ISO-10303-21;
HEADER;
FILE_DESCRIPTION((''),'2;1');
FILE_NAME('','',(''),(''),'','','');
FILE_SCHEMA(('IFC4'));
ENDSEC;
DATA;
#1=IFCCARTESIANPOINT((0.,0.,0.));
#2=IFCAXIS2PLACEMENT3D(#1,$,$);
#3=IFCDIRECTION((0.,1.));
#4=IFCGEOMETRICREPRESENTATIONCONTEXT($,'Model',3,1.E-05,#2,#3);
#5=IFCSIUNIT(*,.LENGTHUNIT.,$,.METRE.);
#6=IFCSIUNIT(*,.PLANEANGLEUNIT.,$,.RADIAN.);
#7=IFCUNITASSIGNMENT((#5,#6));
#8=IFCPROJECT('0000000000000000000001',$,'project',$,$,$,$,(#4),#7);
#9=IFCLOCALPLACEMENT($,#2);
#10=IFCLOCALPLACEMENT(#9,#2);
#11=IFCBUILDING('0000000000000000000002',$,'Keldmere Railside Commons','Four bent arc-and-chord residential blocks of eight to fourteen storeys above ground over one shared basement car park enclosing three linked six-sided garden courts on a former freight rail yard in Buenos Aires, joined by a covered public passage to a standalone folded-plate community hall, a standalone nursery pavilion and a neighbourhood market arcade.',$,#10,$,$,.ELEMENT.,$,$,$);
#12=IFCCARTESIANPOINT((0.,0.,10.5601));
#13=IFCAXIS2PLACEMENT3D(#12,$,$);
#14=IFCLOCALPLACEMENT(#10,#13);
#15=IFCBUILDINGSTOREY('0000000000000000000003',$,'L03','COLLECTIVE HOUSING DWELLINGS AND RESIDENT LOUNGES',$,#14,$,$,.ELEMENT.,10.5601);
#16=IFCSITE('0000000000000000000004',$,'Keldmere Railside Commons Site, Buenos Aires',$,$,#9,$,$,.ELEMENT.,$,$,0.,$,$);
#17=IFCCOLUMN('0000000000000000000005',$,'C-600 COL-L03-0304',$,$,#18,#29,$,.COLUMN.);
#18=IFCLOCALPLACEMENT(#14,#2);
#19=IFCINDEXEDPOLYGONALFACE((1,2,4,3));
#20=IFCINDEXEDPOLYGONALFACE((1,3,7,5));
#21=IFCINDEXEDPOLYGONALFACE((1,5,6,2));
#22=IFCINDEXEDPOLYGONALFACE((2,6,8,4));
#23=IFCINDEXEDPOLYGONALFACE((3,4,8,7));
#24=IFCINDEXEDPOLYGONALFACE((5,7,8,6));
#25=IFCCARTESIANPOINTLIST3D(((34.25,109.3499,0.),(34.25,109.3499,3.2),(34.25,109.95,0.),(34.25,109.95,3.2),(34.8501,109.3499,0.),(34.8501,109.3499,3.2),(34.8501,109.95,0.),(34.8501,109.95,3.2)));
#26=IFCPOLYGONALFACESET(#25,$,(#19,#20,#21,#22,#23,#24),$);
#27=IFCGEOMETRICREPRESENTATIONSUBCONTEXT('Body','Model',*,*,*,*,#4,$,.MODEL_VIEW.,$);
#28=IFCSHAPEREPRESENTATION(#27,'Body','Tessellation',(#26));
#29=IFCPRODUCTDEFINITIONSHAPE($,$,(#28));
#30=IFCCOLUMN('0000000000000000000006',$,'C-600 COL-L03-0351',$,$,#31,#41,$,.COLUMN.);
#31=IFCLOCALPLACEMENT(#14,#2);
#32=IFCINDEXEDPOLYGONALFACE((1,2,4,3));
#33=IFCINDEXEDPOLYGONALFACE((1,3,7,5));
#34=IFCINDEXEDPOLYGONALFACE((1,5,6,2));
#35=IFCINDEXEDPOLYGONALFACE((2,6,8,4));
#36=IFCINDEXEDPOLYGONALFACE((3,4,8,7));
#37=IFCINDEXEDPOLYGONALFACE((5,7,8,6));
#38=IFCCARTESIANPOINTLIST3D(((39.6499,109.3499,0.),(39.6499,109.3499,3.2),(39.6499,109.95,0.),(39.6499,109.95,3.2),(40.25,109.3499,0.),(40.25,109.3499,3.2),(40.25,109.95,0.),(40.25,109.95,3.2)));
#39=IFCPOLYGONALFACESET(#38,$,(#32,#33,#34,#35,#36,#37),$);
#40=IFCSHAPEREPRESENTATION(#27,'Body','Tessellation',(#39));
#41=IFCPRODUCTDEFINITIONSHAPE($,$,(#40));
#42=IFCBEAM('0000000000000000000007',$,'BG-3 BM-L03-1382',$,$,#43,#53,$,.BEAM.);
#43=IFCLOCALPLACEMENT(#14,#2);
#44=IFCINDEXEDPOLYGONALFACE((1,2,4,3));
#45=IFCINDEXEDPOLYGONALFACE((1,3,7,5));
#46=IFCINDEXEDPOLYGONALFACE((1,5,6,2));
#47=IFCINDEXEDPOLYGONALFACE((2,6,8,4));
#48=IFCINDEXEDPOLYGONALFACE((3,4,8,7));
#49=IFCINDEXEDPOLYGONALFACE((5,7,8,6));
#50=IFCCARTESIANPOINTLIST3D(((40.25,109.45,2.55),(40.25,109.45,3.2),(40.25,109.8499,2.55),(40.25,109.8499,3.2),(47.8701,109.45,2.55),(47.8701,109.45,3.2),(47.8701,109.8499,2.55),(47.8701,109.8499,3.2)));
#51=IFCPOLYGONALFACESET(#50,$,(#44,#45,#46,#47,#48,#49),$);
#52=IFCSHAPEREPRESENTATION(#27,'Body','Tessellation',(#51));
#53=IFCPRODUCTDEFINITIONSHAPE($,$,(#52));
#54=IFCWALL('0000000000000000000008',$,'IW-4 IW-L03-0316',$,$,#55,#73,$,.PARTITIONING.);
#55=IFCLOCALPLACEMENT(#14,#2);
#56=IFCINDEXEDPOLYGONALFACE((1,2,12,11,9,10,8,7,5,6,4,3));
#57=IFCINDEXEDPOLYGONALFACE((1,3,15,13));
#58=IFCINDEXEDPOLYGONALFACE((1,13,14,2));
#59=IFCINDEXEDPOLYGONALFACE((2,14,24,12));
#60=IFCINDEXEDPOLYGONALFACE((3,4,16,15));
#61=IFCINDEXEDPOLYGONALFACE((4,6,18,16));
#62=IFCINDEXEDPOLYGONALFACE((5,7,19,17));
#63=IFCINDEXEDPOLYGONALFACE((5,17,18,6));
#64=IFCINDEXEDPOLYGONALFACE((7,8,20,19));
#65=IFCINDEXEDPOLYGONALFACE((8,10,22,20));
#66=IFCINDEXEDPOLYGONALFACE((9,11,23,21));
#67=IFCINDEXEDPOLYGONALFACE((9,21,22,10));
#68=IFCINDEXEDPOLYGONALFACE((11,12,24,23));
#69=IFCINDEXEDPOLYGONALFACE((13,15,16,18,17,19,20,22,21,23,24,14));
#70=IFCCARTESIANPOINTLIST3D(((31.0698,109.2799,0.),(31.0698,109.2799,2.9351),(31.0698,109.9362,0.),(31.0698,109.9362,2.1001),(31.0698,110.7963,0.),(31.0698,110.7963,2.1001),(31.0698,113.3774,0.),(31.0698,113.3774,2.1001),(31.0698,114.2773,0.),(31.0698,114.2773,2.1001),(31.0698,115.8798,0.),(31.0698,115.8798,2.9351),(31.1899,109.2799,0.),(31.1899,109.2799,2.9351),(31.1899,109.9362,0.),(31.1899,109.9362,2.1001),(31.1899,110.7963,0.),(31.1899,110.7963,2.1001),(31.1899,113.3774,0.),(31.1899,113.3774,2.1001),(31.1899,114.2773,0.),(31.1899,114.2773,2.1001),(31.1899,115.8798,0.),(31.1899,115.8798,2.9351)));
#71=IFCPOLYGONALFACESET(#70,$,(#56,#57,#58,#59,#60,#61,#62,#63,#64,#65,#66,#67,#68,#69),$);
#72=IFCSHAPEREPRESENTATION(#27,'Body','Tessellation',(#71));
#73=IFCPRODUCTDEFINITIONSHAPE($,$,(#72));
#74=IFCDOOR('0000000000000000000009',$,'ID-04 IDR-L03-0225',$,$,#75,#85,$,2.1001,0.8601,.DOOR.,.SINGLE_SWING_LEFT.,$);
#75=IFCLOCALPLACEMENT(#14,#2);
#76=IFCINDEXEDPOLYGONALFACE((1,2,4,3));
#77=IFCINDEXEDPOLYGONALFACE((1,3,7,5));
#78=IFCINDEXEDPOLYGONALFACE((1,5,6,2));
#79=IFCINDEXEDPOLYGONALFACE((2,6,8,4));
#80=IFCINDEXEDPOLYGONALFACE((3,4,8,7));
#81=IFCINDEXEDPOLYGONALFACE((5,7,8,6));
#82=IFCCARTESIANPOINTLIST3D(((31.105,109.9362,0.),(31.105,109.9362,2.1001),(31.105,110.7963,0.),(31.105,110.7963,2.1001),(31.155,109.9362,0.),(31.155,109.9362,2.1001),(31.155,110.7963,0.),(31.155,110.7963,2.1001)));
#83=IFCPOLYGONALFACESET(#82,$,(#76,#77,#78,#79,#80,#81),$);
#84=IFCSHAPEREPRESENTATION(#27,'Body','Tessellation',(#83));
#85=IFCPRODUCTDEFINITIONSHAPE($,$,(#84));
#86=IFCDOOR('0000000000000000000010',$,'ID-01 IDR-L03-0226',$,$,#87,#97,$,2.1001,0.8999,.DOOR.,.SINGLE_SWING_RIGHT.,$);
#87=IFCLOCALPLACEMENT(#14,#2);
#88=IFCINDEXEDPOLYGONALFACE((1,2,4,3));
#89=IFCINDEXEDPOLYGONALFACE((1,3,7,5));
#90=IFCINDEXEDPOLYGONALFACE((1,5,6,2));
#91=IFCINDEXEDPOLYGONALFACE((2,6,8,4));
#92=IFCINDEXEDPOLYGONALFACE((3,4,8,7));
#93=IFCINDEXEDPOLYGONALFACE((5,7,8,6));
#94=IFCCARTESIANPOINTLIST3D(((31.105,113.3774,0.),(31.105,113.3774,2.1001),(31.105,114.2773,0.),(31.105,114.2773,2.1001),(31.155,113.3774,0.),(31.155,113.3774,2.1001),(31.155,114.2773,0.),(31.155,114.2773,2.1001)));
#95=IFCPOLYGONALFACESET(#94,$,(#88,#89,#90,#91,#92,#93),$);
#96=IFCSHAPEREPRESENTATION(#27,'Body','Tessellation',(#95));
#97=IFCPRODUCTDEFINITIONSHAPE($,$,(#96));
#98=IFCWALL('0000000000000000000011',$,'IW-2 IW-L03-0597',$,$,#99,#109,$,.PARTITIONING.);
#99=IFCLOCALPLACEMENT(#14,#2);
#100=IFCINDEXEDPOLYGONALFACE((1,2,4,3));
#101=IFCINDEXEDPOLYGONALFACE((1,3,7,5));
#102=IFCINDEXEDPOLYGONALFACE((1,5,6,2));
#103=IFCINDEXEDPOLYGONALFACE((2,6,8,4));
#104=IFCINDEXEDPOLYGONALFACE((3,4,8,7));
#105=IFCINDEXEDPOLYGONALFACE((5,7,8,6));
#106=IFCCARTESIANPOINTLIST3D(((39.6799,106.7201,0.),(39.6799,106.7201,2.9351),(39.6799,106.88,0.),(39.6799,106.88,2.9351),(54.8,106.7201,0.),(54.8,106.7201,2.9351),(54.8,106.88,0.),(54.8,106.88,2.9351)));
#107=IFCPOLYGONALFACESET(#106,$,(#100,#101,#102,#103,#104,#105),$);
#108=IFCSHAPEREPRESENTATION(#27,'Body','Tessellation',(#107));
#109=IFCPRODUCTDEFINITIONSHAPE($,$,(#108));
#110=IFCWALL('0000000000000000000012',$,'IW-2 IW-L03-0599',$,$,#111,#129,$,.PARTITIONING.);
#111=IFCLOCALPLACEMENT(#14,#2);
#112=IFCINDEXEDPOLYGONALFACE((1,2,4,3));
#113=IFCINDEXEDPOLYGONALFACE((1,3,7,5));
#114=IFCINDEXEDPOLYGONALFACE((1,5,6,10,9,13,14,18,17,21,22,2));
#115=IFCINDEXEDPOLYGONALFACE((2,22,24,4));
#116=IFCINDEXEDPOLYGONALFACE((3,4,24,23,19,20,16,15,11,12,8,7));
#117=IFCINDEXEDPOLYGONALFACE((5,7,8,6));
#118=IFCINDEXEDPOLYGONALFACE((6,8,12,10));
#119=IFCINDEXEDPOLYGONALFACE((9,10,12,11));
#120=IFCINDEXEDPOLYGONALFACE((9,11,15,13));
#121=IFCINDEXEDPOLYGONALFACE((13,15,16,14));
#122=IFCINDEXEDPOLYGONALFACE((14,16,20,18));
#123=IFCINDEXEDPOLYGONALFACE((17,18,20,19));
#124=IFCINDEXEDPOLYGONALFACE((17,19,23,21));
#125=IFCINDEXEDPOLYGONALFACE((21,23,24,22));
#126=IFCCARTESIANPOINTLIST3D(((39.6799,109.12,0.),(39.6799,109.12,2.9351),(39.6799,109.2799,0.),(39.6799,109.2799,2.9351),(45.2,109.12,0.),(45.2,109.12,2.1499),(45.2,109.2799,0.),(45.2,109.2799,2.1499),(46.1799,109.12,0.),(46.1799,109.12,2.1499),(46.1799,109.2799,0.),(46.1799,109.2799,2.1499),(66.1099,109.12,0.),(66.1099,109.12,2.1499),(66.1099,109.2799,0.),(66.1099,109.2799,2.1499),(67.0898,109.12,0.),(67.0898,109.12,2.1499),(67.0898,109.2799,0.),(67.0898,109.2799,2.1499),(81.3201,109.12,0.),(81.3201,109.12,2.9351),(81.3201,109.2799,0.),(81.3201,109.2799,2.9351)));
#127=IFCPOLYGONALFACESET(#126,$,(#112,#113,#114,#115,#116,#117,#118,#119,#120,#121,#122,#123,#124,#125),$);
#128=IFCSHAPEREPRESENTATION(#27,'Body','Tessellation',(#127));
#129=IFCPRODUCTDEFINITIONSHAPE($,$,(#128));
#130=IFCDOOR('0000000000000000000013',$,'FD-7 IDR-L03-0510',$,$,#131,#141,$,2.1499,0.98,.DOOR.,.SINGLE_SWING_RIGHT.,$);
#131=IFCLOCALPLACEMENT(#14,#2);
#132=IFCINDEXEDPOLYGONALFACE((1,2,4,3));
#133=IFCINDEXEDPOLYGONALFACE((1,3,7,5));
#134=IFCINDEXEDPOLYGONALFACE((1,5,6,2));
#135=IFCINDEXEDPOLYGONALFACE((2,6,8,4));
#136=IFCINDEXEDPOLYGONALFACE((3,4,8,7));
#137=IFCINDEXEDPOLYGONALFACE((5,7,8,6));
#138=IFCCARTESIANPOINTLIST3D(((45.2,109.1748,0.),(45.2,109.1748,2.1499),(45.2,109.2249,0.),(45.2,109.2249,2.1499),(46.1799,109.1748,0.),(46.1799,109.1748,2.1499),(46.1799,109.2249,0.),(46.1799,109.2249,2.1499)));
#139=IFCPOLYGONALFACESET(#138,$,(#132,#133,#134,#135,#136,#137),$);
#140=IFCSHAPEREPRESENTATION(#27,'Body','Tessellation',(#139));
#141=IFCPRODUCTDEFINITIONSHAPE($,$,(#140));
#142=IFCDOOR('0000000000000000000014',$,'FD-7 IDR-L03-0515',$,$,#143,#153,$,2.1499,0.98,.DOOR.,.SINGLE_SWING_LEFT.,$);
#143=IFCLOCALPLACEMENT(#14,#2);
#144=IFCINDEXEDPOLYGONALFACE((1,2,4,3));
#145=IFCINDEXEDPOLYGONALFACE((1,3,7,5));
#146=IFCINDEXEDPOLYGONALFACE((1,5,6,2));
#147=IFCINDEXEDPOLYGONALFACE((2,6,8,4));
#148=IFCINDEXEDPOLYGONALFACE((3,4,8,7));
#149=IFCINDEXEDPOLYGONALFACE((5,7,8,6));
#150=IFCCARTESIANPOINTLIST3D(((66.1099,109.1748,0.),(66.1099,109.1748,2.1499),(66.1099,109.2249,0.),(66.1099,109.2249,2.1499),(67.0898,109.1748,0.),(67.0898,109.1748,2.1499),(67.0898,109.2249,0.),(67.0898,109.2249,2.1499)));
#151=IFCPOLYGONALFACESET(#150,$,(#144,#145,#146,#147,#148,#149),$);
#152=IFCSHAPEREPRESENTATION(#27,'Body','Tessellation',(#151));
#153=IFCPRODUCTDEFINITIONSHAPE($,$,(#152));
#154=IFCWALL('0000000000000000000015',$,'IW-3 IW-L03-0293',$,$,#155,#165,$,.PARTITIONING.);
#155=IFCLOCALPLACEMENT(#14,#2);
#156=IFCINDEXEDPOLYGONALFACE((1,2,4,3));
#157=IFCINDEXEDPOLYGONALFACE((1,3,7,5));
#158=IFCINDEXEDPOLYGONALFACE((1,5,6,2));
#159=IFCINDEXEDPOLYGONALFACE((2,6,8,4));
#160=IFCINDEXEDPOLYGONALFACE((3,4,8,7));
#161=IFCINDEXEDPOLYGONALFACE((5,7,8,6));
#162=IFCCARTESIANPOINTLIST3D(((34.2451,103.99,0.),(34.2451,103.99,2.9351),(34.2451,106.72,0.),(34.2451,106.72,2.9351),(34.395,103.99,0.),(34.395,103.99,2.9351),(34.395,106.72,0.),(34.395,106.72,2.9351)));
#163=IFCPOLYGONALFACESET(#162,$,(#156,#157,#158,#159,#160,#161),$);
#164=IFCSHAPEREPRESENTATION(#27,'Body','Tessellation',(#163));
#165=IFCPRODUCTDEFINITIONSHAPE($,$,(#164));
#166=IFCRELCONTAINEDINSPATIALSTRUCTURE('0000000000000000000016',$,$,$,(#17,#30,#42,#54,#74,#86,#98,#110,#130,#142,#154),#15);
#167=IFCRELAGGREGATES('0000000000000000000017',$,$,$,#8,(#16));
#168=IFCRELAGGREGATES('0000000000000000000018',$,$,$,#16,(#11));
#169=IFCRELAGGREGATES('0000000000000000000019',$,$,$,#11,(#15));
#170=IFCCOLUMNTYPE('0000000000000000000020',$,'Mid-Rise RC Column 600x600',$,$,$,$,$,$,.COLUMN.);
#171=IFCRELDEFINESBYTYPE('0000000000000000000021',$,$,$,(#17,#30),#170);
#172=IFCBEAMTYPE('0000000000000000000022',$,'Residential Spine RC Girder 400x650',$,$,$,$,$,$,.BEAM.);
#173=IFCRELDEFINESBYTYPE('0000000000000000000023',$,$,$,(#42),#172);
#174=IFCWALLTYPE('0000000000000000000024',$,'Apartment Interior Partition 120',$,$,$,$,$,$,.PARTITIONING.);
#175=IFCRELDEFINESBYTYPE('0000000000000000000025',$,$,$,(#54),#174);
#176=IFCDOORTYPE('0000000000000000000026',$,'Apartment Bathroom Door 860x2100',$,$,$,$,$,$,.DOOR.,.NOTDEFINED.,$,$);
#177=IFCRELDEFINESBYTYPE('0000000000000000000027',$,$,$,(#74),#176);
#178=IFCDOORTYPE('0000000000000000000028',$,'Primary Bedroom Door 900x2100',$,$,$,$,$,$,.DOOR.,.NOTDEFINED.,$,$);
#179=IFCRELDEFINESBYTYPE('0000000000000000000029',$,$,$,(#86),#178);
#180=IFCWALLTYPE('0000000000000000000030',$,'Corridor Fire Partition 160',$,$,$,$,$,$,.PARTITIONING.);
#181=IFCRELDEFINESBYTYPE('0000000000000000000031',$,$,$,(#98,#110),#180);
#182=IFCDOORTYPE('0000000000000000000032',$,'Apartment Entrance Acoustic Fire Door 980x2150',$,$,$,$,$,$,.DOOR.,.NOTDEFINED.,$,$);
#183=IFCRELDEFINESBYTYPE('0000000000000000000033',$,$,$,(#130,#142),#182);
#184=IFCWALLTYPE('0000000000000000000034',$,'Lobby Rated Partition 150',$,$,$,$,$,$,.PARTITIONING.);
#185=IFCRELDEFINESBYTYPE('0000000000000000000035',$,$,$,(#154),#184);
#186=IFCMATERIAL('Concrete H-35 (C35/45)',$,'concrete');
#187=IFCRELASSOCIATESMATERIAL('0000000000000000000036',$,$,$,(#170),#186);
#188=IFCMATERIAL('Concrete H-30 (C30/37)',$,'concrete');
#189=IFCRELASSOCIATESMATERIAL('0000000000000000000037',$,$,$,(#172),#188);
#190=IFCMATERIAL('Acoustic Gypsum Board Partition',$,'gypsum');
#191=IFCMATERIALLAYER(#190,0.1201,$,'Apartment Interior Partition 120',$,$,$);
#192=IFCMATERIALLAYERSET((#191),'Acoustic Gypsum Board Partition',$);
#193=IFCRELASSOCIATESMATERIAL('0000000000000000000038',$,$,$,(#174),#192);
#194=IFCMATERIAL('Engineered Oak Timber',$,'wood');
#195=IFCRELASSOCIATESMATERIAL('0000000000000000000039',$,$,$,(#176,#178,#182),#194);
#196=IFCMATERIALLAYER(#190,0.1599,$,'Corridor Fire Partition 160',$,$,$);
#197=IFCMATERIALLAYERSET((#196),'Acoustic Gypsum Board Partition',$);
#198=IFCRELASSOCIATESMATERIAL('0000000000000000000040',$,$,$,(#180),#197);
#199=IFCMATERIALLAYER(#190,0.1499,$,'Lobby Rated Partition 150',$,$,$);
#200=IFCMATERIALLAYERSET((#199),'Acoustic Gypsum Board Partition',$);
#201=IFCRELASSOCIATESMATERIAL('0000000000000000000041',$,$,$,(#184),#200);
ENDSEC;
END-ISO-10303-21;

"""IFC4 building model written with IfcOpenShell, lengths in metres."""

from ifc_helpers import new_model, si_unit, direction, frame, frame_2d, origin, origin_2d, place, context, subcontext, project, spatial, rectangle, extrude, material, layer, layer_set, material_profile, profile_set, type_object, element, fill, save


model = new_model("IFC4")

# Units and contexts
model_context = context("Model", 3, precision=1e-05, world=origin(), true_north=direction((0.0, 1.0)))
body_context = subcontext(model_context, "Body", "Model", "MODEL_VIEW")
ifc_project = project(units=[si_unit("LENGTHUNIT", "METRE"), si_unit("PLANEANGLEUNIT", "RADIAN")], contexts=[model_context])

# Site, building, storey
site_placement = place(None, origin())
site = spatial("IfcSite", under=ifc_project, at=site_placement, Name="Keldmere Railside Commons Site, Buenos Aires", CompositionType="ELEMENT", RefElevation=0.0)
building_placement = place(site_placement, origin())
building = spatial("IfcBuilding", under=site, at=building_placement, Name="Keldmere Railside Commons", Description="Four bent arc-and-chord residential blocks of eight to fourteen storeys above ground over one shared basement car park enclosing three linked six-sided garden courts on a former freight rail yard in Buenos Aires, joined by a covered public passage to a standalone folded-plate community hall, a standalone nursery pavilion and a neighbourhood market arcade.", CompositionType="ELEMENT")
storey_placement = place(building_placement, frame((0.0, 0.0, 10.5601)))
storey = spatial("IfcBuildingStorey", under=building, at=storey_placement, Name="L03", Description="COLLECTIVE HOUSING DWELLINGS AND RESIDENT LOUNGES", CompositionType="ELEMENT", Elevation=10.5601)

# Columns
ifc_material_1 = material(Name="Concrete H-35 (C35/45)", Category="concrete")
ifc_material_profile_1 = material_profile(ifc_material_1, rectangle(XDim=0.6001, YDim=0.6001, at=origin_2d()), Name="RC-600x600")
ifc_profile_set_1 = profile_set([ifc_material_profile_1], Name="Concrete H-35 (C35/45)")
column_type = type_object("IfcColumnType", Name="Mid-Rise RC Column 600x600", PredefinedType="COLUMN", material=ifc_profile_set_1)
for number, where, z_axis, x_axis, name in (
    (1, (34.55, 109.6499, 0.0), (0.0, 0.0, 1.0), (1.0, 0.0, 0.0), "C-600 COL-L03-0304"),
    (2, (39.95, 109.6499, 0.0), (0.0, 0.0, 1.0), (1.0, 0.0, 0.0), "C-600 COL-L03-0351"),
):
    element("IfcColumn", number, at=place(storey_placement, frame(where, z_axis=z_axis, x_axis=x_axis)), inside=storey, type_object=column_type, Name=name, PredefinedType="COLUMN", context=body_context, shape_type="SweptSolid", body=[
        extrude(rectangle(XDim=0.6001, YDim=0.6001, at=origin_2d()), origin(), (0.0, 0.0, 1.0), 3.2),
    ])

# Beam
ifc_material_2 = material(Name="Concrete H-30 (C30/37)", Category="concrete")
ifc_material_profile_2 = material_profile(ifc_material_2, rectangle(XDim=0.3999, YDim=0.6499, at=origin_2d()), Name="RC-400x650")
ifc_profile_set_2 = profile_set([ifc_material_profile_2], Name="Concrete H-30 (C30/37)")
beam_type = type_object("IfcBeamType", Name="Residential Spine RC Girder 400x650", PredefinedType="BEAM", material=ifc_profile_set_2)
beam_placement = place(storey_placement, frame((40.25, 109.6499, 2.875), z_axis=(1.0, 0.0, 0.0), x_axis=(0.0, 1.0, 0.0)))
element("IfcBeam", 3, at=beam_placement, inside=storey, type_object=beam_type, Name="BG-3 BM-L03-1382", PredefinedType="BEAM", context=body_context, shape_type="SweptSolid", body=[
    extrude(rectangle(XDim=0.3999, YDim=0.6499, at=origin_2d()), origin(), (0.0, 0.0, 1.0), 7.6201),
])

# Wall, openings, doors
ifc_material_3 = material(Name="Acoustic Gypsum Board Partition", Category="gypsum")
ifc_layer_1 = layer(ifc_material_3, 0.1201, Name="Apartment Interior Partition 120")
ifc_layer_set_1 = layer_set([ifc_layer_1], Name="Acoustic Gypsum Board Partition")
wall_type_1 = type_object("IfcWallType", Name="Apartment Interior Partition 120", PredefinedType="PARTITIONING", material=ifc_layer_set_1)
wall_1_placement = place(storey_placement, frame((31.1299, 109.28, 0.0), z_axis=(0.0, 0.0, 1.0), x_axis=(0.0, 1.0, 0.0)))
wall_1 = element("IfcWall", 4, at=wall_1_placement, inside=storey, type_object=wall_type_1, Name="IW-4 IW-L03-0316", PredefinedType="PARTITIONING", context=body_context, shape_type="SweptSolid", body=[
    extrude(rectangle(XDim=6.5999, YDim=0.1201, at=frame_2d((3.2998, 0.0))), origin(), (0.0, 0.0, 1.0), 2.9351),
])
opening_1_placement = place(wall_1_placement, frame((0.656, 0.0, 0.0)))
opening_1 = element("IfcOpeningElement", 5, at=opening_1_placement, cuts=wall_1, PredefinedType="OPENING", context=body_context, shape_type="SweptSolid", body=[
    extrude(rectangle(XDim=0.8601, YDim=2.1001, at=frame_2d((0.4302, 1.05))), frame((0.0, 0.0701, 0.0), z_axis=(0.0, -1.0, 0.0), x_axis=(1.0, 0.0, 0.0)), (0.0, 0.0, 1.0), 0.1401),
])
opening_2_placement = place(wall_1_placement, frame((4.0974, 0.0, 0.0)))
opening_2 = element("IfcOpeningElement", 6, at=opening_2_placement, cuts=wall_1, PredefinedType="OPENING", context=body_context, shape_type="SweptSolid", body=[
    extrude(rectangle(XDim=0.8999, YDim=2.1001, at=frame_2d((0.45, 1.05))), frame((0.0, 0.0701, 0.0), z_axis=(0.0, -1.0, 0.0), x_axis=(1.0, 0.0, 0.0)), (0.0, 0.0, 1.0), 0.1401),
])
ifc_material_4 = material(Name="Engineered Oak Timber", Category="wood")
door_type_1 = type_object("IfcDoorType", Name="Apartment Bathroom Door 860x2100", OperationType="NOTDEFINED", PredefinedType="DOOR", material=ifc_material_4)
door_1_placement = place(opening_1_placement, origin())
door_1 = element("IfcDoor", 7, at=door_1_placement, inside=storey, type_object=door_type_1, Name="ID-04 IDR-L03-0225", OperationType="SINGLE_SWING_LEFT", OverallHeight=2.1001, OverallWidth=0.8601, PredefinedType="DOOR", context=body_context, shape_type="SweptSolid", body=[
    extrude(rectangle(XDim=0.8601, YDim=2.1001, at=frame_2d((0.4302, 1.05))), frame((0.0, 0.0249, 0.0), z_axis=(0.0, -1.0, 0.0), x_axis=(1.0, 0.0, 0.0)), (0.0, 0.0, 1.0), 0.05),
])
fill(opening_1, door_1)
door_type_2 = type_object("IfcDoorType", Name="Primary Bedroom Door 900x2100", OperationType="NOTDEFINED", PredefinedType="DOOR", material=ifc_material_4)
door_2_placement = place(opening_2_placement, origin())
door_2 = element("IfcDoor", 8, at=door_2_placement, inside=storey, type_object=door_type_2, Name="ID-01 IDR-L03-0226", OperationType="SINGLE_SWING_RIGHT", OverallHeight=2.1001, OverallWidth=0.8999, PredefinedType="DOOR", context=body_context, shape_type="SweptSolid", body=[
    extrude(rectangle(XDim=0.8999, YDim=2.1001, at=frame_2d((0.45, 1.05))), frame((0.0, 0.0249, 0.0), z_axis=(0.0, -1.0, 0.0), x_axis=(1.0, 0.0, 0.0)), (0.0, 0.0, 1.0), 0.05),
])
fill(opening_2, door_2)

# Wall
ifc_layer_2 = layer(ifc_material_3, 0.1599, Name="Corridor Fire Partition 160")
ifc_layer_set_2 = layer_set([ifc_layer_2], Name="Acoustic Gypsum Board Partition")
wall_type_2 = type_object("IfcWallType", Name="Corridor Fire Partition 160", PredefinedType="PARTITIONING", material=ifc_layer_set_2)
wall_2_placement = place(storey_placement, frame((39.6799, 106.8, 0.0), z_axis=(0.0, 0.0, 1.0), x_axis=(1.0, 0.0, 0.0)))
element("IfcWall", 9, at=wall_2_placement, inside=storey, type_object=wall_type_2, Name="IW-2 IW-L03-0597", PredefinedType="PARTITIONING", context=body_context, shape_type="SweptSolid", body=[
    extrude(rectangle(XDim=15.1201, YDim=0.1599, at=frame_2d((7.5601, 0.0))), origin(), (0.0, 0.0, 1.0), 2.9351),
])

# Wall, openings, doors
wall_3_placement = place(storey_placement, frame((39.6799, 109.2, 0.0), z_axis=(0.0, 0.0, 1.0), x_axis=(1.0, 0.0, 0.0)))
wall_3 = element("IfcWall", 10, at=wall_3_placement, inside=storey, type_object=wall_type_2, Name="IW-2 IW-L03-0599", PredefinedType="PARTITIONING", context=body_context, shape_type="SweptSolid", body=[
    extrude(rectangle(XDim=41.6401, YDim=0.1599, at=frame_2d((20.8201, 0.0))), origin(), (0.0, 0.0, 1.0), 2.9351),
])
opening_3_placement = place(wall_3_placement, frame((5.52, 0.0, 0.0)))
opening_3 = element("IfcOpeningElement", 11, at=opening_3_placement, cuts=wall_3, PredefinedType="OPENING", context=body_context, shape_type="SweptSolid", body=[
    extrude(rectangle(XDim=0.98, YDim=2.1499, at=frame_2d((0.49, 1.075))), frame((0.0, 0.0898, 0.0), z_axis=(0.0, -1.0, 0.0), x_axis=(1.0, 0.0, 0.0)), (0.0, 0.0, 1.0), 0.1799),
])
opening_4_placement = place(wall_3_placement, frame((26.4299, 0.0, 0.0)))
opening_4 = element("IfcOpeningElement", 12, at=opening_4_placement, cuts=wall_3, PredefinedType="OPENING", context=body_context, shape_type="SweptSolid", body=[
    extrude(rectangle(XDim=0.98, YDim=2.1499, at=frame_2d((0.49, 1.075))), frame((0.0, 0.0898, 0.0), z_axis=(0.0, -1.0, 0.0), x_axis=(1.0, 0.0, 0.0)), (0.0, 0.0, 1.0), 0.1799),
])
door_type_3 = type_object("IfcDoorType", Name="Apartment Entrance Acoustic Fire Door 980x2150", OperationType="NOTDEFINED", PredefinedType="DOOR", material=ifc_material_4)
door_3_placement = place(opening_3_placement, origin())
door_3 = element("IfcDoor", 13, at=door_3_placement, inside=storey, type_object=door_type_3, Name="FD-7 IDR-L03-0510", OperationType="SINGLE_SWING_RIGHT", OverallHeight=2.1499, OverallWidth=0.98, PredefinedType="DOOR", context=body_context, shape_type="SweptSolid", body=[
    extrude(rectangle(XDim=0.98, YDim=2.1499, at=frame_2d((0.49, 1.075))), frame((0.0, 0.0249, 0.0), z_axis=(0.0, -1.0, 0.0), x_axis=(1.0, 0.0, 0.0)), (0.0, 0.0, 1.0), 0.05),
])
fill(opening_3, door_3)
door_4_placement = place(opening_4_placement, origin())
door_4 = element("IfcDoor", 14, at=door_4_placement, inside=storey, type_object=door_type_3, Name="FD-7 IDR-L03-0515", OperationType="SINGLE_SWING_LEFT", OverallHeight=2.1499, OverallWidth=0.98, PredefinedType="DOOR", context=body_context, shape_type="SweptSolid", body=[
    extrude(rectangle(XDim=0.98, YDim=2.1499, at=frame_2d((0.49, 1.075))), frame((0.0, 0.0249, 0.0), z_axis=(0.0, -1.0, 0.0), x_axis=(1.0, 0.0, 0.0)), (0.0, 0.0, 1.0), 0.05),
])
fill(opening_4, door_4)

# Wall
ifc_layer_3 = layer(ifc_material_3, 0.1499, Name="Lobby Rated Partition 150")
ifc_layer_set_3 = layer_set([ifc_layer_3], Name="Acoustic Gypsum Board Partition")
wall_type_3 = type_object("IfcWallType", Name="Lobby Rated Partition 150", PredefinedType="PARTITIONING", material=ifc_layer_set_3)
wall_4_placement = place(storey_placement, frame((34.3201, 103.99, 0.0), z_axis=(0.0, 0.0, 1.0), x_axis=(0.0, 1.0, 0.0)))
element("IfcWall", 15, at=wall_4_placement, inside=storey, type_object=wall_type_3, Name="IW-3 IW-L03-0293", PredefinedType="PARTITIONING", context=body_context, shape_type="SweptSolid", body=[
    extrude(rectangle(XDim=2.73, YDim=0.1499, at=frame_2d((1.365, 0.0))), origin(), (0.0, 0.0, 1.0), 2.9351),
])

save(model, "model.ifc")
